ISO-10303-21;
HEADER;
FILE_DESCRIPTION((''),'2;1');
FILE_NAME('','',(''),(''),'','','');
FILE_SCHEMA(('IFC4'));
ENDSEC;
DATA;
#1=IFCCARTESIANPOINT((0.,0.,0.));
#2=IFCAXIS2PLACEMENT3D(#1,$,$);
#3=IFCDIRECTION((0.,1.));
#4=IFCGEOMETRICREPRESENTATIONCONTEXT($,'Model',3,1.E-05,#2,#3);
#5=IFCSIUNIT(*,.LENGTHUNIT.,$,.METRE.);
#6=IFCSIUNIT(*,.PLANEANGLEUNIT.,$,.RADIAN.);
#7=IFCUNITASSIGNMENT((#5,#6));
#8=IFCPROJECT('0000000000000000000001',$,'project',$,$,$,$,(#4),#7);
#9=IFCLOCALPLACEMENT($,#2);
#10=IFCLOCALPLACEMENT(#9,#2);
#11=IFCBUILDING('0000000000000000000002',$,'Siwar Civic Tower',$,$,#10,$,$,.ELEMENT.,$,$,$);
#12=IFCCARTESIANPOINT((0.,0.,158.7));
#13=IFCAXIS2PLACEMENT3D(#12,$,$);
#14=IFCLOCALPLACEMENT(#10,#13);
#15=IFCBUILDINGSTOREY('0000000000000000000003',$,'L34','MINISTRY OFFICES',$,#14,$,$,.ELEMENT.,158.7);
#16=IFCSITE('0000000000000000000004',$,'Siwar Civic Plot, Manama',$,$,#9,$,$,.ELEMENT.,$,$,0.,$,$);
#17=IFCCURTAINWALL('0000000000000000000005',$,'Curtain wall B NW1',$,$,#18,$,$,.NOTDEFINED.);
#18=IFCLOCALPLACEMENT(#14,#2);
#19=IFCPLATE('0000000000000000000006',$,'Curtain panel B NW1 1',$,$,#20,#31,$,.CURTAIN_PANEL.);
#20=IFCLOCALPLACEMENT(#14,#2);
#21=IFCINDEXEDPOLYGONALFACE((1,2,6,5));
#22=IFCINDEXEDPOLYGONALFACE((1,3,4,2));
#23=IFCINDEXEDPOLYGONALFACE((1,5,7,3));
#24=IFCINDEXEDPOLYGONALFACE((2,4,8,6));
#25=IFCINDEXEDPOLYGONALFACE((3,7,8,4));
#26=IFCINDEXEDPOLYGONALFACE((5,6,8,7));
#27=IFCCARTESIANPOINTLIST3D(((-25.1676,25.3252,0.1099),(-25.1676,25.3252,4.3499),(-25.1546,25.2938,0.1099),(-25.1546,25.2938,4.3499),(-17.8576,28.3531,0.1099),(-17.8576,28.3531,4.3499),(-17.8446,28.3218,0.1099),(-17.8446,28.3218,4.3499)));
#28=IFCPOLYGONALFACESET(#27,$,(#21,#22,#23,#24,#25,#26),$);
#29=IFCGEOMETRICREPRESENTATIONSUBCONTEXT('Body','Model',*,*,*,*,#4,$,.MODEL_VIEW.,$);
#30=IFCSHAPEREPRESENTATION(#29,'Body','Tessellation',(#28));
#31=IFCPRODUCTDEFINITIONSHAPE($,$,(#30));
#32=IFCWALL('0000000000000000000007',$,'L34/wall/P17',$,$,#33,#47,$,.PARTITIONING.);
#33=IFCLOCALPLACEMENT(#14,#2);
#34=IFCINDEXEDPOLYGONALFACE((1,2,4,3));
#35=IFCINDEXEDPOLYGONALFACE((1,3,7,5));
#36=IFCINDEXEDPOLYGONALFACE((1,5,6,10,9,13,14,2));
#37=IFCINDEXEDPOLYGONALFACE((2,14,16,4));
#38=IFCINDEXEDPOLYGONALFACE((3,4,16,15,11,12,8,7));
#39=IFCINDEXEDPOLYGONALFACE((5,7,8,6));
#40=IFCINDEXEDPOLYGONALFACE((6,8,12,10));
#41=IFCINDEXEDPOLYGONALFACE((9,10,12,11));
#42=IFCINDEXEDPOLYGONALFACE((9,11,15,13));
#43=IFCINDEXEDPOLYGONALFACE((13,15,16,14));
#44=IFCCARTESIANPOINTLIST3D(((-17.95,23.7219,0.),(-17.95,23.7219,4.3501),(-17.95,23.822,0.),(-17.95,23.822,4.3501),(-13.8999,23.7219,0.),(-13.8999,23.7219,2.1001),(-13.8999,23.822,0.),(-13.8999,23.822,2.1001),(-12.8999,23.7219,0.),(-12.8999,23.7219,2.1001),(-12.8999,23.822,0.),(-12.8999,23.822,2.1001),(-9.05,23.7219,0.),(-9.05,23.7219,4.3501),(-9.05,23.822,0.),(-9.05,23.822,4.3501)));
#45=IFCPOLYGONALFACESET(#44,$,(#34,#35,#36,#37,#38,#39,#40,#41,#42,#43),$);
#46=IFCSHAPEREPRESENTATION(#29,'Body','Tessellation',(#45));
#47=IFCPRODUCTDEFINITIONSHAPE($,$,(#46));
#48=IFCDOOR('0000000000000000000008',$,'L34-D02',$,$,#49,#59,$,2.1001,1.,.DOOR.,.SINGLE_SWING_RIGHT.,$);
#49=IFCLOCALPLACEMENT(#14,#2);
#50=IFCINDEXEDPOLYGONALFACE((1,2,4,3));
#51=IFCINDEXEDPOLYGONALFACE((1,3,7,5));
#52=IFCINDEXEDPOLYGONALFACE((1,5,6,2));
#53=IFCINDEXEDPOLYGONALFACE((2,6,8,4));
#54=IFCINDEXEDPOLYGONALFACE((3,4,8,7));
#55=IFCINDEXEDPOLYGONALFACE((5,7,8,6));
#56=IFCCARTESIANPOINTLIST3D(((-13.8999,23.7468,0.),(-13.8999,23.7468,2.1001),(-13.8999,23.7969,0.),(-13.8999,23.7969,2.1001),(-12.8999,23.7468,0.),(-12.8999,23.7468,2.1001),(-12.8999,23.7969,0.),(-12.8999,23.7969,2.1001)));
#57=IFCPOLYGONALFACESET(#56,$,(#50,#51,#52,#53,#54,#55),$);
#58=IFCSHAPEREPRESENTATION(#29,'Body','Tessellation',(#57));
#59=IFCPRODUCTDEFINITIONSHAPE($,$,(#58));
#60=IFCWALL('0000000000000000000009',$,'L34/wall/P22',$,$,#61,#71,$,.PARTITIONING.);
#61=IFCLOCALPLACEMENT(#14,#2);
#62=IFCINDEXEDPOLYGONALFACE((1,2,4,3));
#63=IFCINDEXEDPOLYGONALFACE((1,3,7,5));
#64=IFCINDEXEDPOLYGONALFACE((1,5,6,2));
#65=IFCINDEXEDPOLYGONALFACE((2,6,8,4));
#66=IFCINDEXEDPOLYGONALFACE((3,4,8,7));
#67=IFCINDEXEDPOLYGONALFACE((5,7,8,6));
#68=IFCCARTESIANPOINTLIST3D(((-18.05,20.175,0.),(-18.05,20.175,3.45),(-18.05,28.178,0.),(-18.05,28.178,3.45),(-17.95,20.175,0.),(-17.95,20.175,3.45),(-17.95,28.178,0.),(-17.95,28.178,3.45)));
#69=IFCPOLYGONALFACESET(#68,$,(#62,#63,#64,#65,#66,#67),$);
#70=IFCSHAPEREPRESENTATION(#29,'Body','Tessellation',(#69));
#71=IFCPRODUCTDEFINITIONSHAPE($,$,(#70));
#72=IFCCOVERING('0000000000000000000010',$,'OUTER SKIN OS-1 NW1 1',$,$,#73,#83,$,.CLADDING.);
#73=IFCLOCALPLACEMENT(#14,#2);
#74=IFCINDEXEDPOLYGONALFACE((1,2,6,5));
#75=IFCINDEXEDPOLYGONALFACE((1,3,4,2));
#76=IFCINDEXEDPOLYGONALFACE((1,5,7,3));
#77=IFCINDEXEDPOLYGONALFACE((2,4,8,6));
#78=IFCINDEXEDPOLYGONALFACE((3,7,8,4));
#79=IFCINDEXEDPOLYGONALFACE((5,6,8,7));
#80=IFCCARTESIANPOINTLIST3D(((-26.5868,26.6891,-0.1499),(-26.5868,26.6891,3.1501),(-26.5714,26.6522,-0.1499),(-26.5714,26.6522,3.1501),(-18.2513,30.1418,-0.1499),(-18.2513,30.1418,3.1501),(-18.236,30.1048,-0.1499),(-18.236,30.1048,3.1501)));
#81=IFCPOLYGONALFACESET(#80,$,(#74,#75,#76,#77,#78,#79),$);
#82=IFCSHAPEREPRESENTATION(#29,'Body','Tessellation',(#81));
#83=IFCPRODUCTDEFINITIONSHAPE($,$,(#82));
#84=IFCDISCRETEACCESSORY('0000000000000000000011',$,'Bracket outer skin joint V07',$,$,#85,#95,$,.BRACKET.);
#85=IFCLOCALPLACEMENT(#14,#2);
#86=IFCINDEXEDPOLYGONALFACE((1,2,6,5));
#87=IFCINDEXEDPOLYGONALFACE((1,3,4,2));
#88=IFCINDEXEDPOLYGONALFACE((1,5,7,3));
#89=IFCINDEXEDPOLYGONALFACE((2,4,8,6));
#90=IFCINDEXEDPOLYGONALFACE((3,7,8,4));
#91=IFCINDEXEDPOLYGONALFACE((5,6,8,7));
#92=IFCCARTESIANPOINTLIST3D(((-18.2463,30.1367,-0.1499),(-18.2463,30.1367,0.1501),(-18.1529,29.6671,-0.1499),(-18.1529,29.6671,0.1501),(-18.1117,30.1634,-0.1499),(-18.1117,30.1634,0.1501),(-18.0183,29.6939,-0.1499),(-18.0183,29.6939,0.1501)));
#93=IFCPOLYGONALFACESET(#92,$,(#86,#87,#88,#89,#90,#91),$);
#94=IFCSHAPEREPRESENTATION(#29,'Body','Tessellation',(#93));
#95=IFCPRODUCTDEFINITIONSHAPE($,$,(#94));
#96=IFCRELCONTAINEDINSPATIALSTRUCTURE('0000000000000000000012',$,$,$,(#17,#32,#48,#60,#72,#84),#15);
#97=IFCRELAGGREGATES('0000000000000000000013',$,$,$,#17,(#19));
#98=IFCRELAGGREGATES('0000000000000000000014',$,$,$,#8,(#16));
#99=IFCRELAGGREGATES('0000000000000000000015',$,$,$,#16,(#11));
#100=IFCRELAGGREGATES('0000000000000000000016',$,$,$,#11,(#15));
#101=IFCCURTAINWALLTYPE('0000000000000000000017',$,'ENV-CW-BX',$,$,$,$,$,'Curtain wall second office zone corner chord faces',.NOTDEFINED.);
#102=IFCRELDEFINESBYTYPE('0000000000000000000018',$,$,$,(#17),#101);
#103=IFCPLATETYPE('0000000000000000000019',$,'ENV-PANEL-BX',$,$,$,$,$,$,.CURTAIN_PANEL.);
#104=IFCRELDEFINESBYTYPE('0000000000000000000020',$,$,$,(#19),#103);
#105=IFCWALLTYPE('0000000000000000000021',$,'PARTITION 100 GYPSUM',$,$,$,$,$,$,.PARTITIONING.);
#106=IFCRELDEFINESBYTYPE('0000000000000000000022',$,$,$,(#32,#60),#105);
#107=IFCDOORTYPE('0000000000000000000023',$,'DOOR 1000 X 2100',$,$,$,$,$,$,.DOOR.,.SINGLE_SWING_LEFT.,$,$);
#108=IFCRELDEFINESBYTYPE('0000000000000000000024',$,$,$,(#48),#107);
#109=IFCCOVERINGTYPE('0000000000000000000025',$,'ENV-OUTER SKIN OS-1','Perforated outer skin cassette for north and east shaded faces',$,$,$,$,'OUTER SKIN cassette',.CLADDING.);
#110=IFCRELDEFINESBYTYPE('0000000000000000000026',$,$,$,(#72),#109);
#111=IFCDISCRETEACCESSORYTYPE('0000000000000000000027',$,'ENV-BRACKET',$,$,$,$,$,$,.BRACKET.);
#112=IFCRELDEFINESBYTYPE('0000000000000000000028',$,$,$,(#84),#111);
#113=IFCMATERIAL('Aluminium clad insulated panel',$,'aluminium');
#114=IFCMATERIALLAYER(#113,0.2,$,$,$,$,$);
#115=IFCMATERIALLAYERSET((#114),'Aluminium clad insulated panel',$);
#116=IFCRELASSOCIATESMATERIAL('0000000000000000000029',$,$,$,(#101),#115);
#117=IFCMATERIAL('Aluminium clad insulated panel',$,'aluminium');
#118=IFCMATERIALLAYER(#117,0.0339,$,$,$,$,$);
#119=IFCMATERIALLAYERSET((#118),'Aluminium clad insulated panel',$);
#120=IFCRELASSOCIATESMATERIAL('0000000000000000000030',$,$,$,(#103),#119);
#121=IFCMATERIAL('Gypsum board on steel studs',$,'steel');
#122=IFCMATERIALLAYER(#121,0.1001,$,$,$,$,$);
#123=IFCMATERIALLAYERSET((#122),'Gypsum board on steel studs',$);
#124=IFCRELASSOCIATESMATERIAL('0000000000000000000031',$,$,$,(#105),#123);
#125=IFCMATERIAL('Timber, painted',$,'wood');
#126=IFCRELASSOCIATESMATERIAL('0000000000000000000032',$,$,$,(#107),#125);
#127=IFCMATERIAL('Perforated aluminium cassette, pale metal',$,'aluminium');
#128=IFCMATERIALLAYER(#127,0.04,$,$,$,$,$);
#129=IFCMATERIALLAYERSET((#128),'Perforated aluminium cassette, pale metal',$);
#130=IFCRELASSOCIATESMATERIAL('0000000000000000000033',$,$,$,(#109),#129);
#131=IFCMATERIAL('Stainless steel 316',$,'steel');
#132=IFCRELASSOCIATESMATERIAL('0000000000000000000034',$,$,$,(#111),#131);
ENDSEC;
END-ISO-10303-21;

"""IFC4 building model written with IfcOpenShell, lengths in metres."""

from ifc_helpers import new_model, si_unit, direction, frame, frame_2d, origin, origin_2d, place, context, subcontext, project, spatial, rectangle, extrude, material, layer, layer_set, type_object, element, fill, aggregate, save


model = new_model("IFC4")

# Units and contexts
model_context = context("Model", 3, precision=1e-05, world=origin(), true_north=direction((0.0, 1.0)))
body_context = subcontext(model_context, "Body", "Model", "MODEL_VIEW")
ifc_project = project(units=[si_unit("LENGTHUNIT", "METRE"), si_unit("PLANEANGLEUNIT", "RADIAN")], contexts=[model_context])

# Site, building, storey
site_placement = place(None, origin())
site = spatial("IfcSite", under=ifc_project, at=site_placement, Name="Siwar Civic Plot, Manama", CompositionType="ELEMENT", RefElevation=0.0)
building_placement = place(site_placement, origin())
building = spatial("IfcBuilding", under=site, at=building_placement, Name="Siwar Civic Tower", CompositionType="ELEMENT")
storey_placement = place(building_placement, frame((0.0, 0.0, 158.7)))
storey = spatial("IfcBuildingStorey", under=building, at=storey_placement, Name="L34", Description="MINISTRY OFFICES", CompositionType="ELEMENT", Elevation=158.7)

# Curtain wall
ifc_material_1 = material(Name="Aluminium clad insulated panel", Category="aluminium")
ifc_layer_1 = layer(ifc_material_1, 0.2)
ifc_layer_set_1 = layer_set([ifc_layer_1], Name="Aluminium clad insulated panel")
curtain_wall_type = type_object("IfcCurtainWallType", Name="ENV-CW-BX", ElementType="Curtain wall second office zone corner chord faces", PredefinedType="NOTDEFINED", material=ifc_layer_set_1)
curtain_wall_placement = place(storey_placement, origin())
curtain_wall = element("IfcCurtainWall", 1, at=curtain_wall_placement, inside=storey, type_object=curtain_wall_type, Name="Curtain wall B NW1", PredefinedType="NOTDEFINED")

# Plate
ifc_material_2 = material(Name="Aluminium clad insulated panel", Category="aluminium")
ifc_layer_2 = layer(ifc_material_2, 0.0339)
ifc_layer_set_2 = layer_set([ifc_layer_2], Name="Aluminium clad insulated panel")
plate_type = type_object("IfcPlateType", Name="ENV-PANEL-BX", PredefinedType="CURTAIN_PANEL", material=ifc_layer_set_2)
plate_placement = place(storey_placement, frame((-21.5061, 26.8235, 0.1099), z_axis=(0.0, 0.0, 1.0), x_axis=(-0.92388, -0.382683, 0.0)))
plate = element("IfcPlate", 2, at=plate_placement, type_object=plate_type, Name="Curtain panel B NW1 1", PredefinedType="CURTAIN_PANEL", context=body_context, shape_type="SweptSolid", body=[
    extrude(rectangle(XDim=7.9124, YDim=0.0339, at=origin_2d()), origin(), (0.0, 0.0, 1.0), 4.24),
])
aggregate(curtain_wall, [plate])

# Wall, opening, door
ifc_material_3 = material(Name="Gypsum board on steel studs", Category="steel")
ifc_layer_3 = layer(ifc_material_3, 0.1001)
ifc_layer_set_3 = layer_set([ifc_layer_3], Name="Gypsum board on steel studs")
wall_type = type_object("IfcWallType", Name="PARTITION 100 GYPSUM", PredefinedType="PARTITIONING", material=ifc_layer_set_3)
wall_1_placement = place(storey_placement, frame((-17.95, 23.772, 0.0), z_axis=(0.0, 0.0, 1.0), x_axis=(1.0, 0.0, 0.0)))
wall_1 = element("IfcWall", 3, at=wall_1_placement, inside=storey, type_object=wall_type, Name="L34/wall/P17", PredefinedType="PARTITIONING", context=body_context, shape_type="SweptSolid", body=[
    extrude(rectangle(XDim=8.8999, YDim=0.1001, at=frame_2d((4.45, 0.0))), origin(), (0.0, 0.0, 1.0), 4.3501),
])
opening_placement = place(wall_1_placement, frame((4.05, 0.0, 0.0)))
opening = element("IfcOpeningElement", 4, at=opening_placement, cuts=wall_1, PredefinedType="OPENING", context=body_context, shape_type="SweptSolid", body=[
    extrude(rectangle(XDim=1.0, YDim=2.1001, at=frame_2d((0.5, 1.05))), frame((0.0, 0.0601, 0.0), z_axis=(0.0, -1.0, 0.0), x_axis=(1.0, 0.0, 0.0)), (0.0, 0.0, 1.0), 0.1201),
])
ifc_material_4 = material(Name="Timber, painted", Category="wood")
door_type = type_object("IfcDoorType", Name="DOOR 1000 X 2100", OperationType="SINGLE_SWING_LEFT", PredefinedType="DOOR", material=ifc_material_4)
door_placement = place(opening_placement, origin())
door = element("IfcDoor", 5, at=door_placement, inside=storey, type_object=door_type, Name="L34-D02", OperationType="SINGLE_SWING_RIGHT", OverallHeight=2.1001, OverallWidth=1.0, PredefinedType="DOOR", context=body_context, shape_type="SweptSolid", body=[
    extrude(rectangle(XDim=1.0, YDim=2.1001, at=frame_2d((0.5, 1.05))), frame((0.0, 0.0249, 0.0), z_axis=(0.0, -1.0, 0.0), x_axis=(1.0, 0.0, 0.0)), (0.0, 0.0, 1.0), 0.05),
])
fill(opening, door)

# Wall
wall_2_placement = place(storey_placement, frame((-18.0, 20.175, 0.0), z_axis=(0.0, 0.0, 1.0), x_axis=(0.0, 1.0, 0.0)))
element("IfcWall", 6, at=wall_2_placement, inside=storey, type_object=wall_type, Name="L34/wall/P22", PredefinedType="PARTITIONING", context=body_context, shape_type="SweptSolid", body=[
    extrude(rectangle(XDim=8.0029, YDim=0.1001, at=frame_2d((4.0015, 0.0))), origin(), (0.0, 0.0, 1.0), 3.45),
])

# Covering
ifc_material_5 = material(Name="Perforated aluminium cassette, pale metal", Category="aluminium")
ifc_layer_4 = layer(ifc_material_5, 0.04)
ifc_layer_set_4 = layer_set([ifc_layer_4], Name="Perforated aluminium cassette, pale metal")
covering_type = type_object("IfcCoveringType", Name="ENV-OUTER SKIN OS-1", Description="Perforated outer skin cassette for north and east shaded faces", ElementType="OUTER SKIN cassette", PredefinedType="CLADDING", material=ifc_layer_set_4)
covering_placement = place(storey_placement, frame((-22.4114, 28.397, -0.1499), z_axis=(0.0, 0.0, 1.0), x_axis=(-0.92388, -0.382683, 0.0)))
element("IfcCovering", 7, at=covering_placement, inside=storey, type_object=covering_type, Name="OUTER SKIN OS-1 NW1 1", PredefinedType="CLADDING", context=body_context, shape_type="SweptSolid", body=[
    extrude(rectangle(XDim=9.0222, YDim=0.04, at=origin_2d()), origin(), (0.0, 0.0, 1.0), 3.3),
])

# Discrete accessory
ifc_material_6 = material(Name="Stainless steel 316", Category="steel")
discrete_accessory_type = type_object("IfcDiscreteAccessoryType", Name="ENV-BRACKET", PredefinedType="BRACKET", material=ifc_material_6)
discrete_accessory_placement = place(storey_placement, frame((-18.1323, 29.9153, -0.1499), z_axis=(0.0, 0.0, 1.0), x_axis=(-0.19509, 0.980785, 0.0)))
element("IfcDiscreteAccessory", 8, at=discrete_accessory_placement, inside=storey, type_object=discrete_accessory_type, Name="Bracket outer skin joint V07", PredefinedType="BRACKET", context=body_context, shape_type="SweptSolid", body=[
    extrude(rectangle(XDim=0.4788, YDim=0.1372, at=origin_2d()), origin(), (0.0, 0.0, 1.0), 0.3),
])

save(model, "model.ifc")
